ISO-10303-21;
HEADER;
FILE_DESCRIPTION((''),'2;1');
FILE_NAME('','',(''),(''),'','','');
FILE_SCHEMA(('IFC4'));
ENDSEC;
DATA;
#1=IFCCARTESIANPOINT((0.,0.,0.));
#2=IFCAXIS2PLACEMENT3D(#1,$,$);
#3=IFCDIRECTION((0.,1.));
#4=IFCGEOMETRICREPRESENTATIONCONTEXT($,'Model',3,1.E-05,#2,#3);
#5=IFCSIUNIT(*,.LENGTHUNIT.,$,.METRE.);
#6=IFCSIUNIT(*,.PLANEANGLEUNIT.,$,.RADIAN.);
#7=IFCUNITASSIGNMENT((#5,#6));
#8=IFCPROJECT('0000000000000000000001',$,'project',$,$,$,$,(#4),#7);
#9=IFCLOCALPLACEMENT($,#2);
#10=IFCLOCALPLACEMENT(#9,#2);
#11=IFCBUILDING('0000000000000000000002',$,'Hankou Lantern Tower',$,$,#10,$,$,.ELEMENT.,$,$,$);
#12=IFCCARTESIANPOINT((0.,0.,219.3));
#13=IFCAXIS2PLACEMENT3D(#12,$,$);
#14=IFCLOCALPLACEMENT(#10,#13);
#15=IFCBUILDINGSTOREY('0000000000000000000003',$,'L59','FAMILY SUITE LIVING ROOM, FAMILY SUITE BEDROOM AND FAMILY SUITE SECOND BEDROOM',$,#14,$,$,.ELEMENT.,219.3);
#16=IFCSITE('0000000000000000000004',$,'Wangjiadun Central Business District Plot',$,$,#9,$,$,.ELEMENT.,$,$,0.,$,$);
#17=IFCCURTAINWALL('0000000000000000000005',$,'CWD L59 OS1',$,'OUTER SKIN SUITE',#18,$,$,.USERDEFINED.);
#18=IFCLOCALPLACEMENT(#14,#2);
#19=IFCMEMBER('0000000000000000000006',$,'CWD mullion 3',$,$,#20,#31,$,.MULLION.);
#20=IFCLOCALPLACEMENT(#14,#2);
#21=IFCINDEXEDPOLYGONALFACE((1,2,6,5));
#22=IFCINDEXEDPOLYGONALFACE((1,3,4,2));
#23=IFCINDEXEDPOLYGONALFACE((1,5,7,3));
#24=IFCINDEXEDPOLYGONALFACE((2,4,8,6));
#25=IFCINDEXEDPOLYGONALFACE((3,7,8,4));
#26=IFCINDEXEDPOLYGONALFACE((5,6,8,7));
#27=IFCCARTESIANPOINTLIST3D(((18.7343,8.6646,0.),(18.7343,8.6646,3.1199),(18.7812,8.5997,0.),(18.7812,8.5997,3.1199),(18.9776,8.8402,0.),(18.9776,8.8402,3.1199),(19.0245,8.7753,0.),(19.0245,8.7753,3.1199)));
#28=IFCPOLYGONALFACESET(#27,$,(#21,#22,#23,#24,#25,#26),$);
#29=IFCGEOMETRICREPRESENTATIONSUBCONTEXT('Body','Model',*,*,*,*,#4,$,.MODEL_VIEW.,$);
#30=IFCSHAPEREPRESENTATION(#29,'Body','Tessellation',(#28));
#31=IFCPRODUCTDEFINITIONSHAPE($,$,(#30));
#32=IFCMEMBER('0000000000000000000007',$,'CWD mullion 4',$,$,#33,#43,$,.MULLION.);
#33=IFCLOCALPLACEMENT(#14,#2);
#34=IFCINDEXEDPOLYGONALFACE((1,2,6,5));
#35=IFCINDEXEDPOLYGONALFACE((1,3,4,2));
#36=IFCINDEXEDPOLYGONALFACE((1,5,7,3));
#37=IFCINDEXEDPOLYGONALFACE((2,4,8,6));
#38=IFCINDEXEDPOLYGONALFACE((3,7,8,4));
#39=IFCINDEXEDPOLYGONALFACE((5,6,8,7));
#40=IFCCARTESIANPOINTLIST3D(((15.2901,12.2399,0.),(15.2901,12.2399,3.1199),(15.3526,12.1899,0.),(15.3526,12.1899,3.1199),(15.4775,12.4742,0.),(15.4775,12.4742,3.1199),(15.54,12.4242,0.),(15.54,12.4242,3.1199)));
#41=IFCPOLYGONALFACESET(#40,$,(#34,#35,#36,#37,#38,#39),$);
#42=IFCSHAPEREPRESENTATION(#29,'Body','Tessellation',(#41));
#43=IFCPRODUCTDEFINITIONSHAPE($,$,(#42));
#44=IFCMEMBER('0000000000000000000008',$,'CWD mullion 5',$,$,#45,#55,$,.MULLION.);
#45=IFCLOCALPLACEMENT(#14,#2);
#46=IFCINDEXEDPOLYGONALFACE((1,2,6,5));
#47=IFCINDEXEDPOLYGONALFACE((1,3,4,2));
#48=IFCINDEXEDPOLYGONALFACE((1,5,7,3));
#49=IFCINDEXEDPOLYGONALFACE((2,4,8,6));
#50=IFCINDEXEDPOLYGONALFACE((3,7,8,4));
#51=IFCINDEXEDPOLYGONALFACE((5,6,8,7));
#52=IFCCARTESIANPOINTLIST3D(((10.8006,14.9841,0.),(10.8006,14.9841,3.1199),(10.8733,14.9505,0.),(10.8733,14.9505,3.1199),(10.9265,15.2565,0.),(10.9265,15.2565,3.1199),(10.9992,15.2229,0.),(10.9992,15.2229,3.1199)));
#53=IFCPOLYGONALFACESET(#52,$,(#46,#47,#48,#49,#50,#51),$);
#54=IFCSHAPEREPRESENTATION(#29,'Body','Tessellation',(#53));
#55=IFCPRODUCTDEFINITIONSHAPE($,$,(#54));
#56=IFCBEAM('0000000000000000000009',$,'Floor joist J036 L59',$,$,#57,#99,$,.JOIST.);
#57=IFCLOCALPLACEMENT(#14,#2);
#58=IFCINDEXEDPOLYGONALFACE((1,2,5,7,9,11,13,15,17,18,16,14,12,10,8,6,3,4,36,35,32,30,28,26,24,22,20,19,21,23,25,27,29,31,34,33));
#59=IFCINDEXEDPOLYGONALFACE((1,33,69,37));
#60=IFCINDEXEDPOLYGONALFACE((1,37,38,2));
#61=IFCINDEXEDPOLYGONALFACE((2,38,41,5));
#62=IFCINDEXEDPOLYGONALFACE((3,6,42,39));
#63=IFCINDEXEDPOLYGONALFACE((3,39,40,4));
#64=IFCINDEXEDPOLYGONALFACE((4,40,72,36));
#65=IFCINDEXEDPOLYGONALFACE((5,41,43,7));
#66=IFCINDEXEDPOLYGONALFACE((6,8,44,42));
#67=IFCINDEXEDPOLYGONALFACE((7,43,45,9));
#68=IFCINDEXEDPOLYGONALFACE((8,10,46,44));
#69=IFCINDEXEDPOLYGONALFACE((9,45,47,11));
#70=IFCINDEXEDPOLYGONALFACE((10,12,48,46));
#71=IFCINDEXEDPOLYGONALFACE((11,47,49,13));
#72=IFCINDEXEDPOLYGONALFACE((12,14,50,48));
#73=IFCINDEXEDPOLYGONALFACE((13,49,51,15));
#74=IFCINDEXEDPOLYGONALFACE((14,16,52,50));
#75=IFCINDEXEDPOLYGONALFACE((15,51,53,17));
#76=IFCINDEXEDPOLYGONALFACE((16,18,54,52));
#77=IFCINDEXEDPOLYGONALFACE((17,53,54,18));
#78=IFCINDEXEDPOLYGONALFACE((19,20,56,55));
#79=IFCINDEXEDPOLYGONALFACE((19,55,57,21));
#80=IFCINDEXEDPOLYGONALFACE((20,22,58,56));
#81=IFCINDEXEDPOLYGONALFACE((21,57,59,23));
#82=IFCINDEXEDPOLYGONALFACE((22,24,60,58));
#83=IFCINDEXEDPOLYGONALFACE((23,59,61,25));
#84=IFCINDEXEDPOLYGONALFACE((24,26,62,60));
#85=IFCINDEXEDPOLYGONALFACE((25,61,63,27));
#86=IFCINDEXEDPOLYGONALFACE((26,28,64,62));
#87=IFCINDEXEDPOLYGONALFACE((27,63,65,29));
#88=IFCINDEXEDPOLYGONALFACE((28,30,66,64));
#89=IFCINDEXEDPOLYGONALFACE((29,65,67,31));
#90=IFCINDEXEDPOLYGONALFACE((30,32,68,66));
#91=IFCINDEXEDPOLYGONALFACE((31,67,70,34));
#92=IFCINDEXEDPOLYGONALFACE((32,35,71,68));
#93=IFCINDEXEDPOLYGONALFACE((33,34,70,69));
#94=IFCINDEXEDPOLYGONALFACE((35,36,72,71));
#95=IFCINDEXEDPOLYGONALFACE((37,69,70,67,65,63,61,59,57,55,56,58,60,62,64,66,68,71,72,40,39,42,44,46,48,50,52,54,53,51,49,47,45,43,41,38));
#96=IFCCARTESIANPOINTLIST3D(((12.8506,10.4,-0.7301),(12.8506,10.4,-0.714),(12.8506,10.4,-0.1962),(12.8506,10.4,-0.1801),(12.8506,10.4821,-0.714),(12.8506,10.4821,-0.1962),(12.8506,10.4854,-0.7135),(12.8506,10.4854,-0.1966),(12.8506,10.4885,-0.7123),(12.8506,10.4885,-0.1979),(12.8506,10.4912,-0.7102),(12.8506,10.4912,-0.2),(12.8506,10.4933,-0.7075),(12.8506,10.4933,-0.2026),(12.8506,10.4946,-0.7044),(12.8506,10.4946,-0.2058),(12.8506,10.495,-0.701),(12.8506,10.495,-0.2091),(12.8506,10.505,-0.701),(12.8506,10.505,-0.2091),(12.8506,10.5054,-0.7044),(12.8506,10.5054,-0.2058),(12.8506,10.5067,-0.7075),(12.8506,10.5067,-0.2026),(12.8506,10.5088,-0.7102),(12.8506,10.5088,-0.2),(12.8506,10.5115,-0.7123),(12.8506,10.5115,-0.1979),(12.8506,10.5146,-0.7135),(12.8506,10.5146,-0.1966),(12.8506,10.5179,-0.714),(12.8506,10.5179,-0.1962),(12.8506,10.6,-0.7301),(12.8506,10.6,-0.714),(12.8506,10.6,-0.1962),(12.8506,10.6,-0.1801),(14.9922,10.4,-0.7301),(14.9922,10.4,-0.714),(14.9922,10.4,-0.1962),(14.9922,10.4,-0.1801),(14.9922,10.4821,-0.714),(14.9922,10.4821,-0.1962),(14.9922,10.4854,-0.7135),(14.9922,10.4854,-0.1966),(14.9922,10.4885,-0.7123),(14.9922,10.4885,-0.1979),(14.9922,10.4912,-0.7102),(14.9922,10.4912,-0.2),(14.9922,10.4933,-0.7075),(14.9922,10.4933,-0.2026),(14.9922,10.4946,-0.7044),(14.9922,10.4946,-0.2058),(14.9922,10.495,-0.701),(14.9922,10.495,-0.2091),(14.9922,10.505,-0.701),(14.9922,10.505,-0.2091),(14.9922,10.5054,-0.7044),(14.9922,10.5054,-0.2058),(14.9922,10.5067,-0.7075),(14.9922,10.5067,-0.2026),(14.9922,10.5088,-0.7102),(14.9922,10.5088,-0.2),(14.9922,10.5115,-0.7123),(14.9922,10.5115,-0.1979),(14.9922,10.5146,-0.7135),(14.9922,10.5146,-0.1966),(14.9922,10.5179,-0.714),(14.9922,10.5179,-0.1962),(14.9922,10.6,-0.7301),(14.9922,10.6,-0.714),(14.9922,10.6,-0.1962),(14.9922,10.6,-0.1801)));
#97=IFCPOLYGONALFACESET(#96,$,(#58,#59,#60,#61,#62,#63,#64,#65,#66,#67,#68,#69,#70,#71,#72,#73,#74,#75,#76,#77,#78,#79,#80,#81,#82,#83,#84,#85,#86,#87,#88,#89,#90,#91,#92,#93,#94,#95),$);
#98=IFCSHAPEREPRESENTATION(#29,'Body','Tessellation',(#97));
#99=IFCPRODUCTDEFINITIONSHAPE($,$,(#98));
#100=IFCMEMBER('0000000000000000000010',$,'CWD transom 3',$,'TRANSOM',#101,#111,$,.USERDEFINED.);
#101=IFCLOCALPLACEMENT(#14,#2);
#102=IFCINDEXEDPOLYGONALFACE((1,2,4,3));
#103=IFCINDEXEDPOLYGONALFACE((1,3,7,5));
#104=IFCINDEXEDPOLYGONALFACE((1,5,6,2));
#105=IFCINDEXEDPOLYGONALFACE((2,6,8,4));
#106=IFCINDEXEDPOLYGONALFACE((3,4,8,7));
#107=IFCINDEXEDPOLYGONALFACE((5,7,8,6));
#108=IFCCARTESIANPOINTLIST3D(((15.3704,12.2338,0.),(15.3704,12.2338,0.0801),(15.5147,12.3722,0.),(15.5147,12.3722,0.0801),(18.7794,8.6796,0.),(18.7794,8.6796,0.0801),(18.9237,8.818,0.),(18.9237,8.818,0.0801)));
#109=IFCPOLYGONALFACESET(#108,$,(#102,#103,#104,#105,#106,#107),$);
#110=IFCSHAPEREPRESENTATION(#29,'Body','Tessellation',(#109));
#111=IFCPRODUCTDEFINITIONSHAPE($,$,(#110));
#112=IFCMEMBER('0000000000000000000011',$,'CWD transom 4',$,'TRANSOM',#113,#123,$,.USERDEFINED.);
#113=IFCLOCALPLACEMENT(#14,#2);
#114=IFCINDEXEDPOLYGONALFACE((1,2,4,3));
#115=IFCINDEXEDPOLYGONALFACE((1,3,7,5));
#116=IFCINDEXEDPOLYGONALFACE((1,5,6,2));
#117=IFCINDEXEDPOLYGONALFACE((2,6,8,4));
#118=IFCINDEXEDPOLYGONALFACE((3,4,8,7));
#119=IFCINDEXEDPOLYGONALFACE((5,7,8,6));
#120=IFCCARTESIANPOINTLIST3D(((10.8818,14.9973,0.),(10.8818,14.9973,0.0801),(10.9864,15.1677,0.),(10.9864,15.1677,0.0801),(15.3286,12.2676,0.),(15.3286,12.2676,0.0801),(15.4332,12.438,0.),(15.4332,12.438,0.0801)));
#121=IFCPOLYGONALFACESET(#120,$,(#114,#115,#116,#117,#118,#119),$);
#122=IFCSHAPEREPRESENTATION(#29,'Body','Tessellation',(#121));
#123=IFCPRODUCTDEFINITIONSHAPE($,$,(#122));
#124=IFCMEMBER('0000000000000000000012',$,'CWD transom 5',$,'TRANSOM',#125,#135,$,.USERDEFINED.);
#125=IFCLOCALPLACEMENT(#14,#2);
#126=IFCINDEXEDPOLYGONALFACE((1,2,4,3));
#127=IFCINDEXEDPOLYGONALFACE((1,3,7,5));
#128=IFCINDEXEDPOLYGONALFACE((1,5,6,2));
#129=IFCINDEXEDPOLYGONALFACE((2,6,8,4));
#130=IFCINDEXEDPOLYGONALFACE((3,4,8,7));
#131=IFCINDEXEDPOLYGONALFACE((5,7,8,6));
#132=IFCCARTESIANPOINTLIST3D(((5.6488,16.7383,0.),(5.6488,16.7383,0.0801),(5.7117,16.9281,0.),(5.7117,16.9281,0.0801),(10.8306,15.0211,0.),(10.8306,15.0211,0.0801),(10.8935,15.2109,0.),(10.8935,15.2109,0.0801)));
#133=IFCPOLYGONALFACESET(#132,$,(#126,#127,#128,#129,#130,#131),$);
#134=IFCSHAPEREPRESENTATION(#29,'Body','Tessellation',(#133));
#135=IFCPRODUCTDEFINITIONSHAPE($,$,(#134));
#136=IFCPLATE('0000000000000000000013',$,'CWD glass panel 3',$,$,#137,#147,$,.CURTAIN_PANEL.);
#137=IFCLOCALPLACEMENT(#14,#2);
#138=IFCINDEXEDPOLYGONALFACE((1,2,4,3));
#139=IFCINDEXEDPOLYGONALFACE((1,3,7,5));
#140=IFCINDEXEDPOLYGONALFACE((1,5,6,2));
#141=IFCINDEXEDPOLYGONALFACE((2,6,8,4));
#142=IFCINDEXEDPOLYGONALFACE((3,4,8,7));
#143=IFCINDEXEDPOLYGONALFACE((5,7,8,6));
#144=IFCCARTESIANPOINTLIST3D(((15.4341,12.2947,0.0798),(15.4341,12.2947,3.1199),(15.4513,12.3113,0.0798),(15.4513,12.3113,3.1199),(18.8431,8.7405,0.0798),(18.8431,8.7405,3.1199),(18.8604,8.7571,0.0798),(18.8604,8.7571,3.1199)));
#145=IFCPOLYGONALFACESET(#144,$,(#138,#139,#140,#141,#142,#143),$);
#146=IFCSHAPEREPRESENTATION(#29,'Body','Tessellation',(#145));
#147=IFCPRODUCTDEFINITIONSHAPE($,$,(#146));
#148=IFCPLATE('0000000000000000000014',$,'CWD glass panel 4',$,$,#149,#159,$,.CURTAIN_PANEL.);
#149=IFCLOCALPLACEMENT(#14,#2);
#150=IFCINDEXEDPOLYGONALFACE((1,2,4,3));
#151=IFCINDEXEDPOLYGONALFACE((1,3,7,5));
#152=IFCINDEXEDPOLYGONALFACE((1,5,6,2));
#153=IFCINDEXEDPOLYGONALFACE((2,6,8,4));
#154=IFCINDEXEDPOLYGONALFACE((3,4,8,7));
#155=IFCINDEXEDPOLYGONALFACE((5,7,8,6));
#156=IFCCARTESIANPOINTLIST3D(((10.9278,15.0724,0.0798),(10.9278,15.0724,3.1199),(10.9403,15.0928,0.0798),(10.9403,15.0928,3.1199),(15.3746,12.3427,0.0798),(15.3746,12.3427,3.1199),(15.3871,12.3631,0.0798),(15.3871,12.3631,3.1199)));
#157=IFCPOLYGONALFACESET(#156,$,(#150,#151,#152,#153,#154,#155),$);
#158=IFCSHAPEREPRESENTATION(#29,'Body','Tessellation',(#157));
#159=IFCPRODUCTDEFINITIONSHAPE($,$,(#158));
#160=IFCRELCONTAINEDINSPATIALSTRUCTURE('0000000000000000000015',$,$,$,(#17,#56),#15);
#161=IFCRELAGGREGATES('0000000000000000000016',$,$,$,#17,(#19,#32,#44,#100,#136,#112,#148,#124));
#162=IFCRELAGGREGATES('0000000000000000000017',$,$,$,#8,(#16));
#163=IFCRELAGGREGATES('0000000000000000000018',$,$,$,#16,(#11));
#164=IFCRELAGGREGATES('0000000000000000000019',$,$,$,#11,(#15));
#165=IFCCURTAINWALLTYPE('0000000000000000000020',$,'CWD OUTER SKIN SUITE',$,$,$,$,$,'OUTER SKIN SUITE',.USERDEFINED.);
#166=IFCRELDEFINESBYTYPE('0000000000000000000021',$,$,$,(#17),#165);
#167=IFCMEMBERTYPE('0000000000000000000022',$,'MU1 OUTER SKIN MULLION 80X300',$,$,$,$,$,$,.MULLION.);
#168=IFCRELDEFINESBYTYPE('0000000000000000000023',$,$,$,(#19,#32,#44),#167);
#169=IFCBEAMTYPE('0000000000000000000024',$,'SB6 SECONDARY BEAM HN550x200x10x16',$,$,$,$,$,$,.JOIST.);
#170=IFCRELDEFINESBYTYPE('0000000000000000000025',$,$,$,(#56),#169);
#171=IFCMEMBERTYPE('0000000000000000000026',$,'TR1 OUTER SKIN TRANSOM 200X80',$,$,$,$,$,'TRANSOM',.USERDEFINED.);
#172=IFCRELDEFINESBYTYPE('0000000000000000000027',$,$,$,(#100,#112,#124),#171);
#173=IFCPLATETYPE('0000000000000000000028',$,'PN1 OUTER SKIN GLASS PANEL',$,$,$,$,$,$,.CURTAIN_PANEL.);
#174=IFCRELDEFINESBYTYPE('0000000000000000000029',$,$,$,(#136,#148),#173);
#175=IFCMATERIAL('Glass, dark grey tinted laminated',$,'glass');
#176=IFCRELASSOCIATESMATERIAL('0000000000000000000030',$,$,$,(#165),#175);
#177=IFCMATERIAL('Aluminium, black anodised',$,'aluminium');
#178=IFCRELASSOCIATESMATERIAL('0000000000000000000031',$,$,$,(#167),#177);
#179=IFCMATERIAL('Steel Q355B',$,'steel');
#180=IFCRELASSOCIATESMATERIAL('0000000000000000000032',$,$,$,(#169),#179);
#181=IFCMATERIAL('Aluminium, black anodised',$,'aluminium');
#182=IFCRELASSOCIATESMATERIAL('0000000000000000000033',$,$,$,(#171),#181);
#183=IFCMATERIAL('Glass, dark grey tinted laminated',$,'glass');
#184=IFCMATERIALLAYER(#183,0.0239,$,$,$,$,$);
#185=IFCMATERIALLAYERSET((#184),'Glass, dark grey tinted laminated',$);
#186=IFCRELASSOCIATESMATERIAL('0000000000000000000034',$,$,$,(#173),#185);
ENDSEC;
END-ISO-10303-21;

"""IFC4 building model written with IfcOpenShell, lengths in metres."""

from ifc_helpers import new_model, si_unit, direction, frame, origin, origin_2d, place, context, subcontext, project, spatial, rectangle, i_section, extrude, material, layer, layer_set, material_profile, profile_set, type_object, element, aggregate, save


model = new_model("IFC4")

# Units and contexts
model_context = context("Model", 3, precision=1e-05, world=origin(), true_north=direction((0.0, 1.0)))
body_context = subcontext(model_context, "Body", "Model", "MODEL_VIEW")
ifc_project = project(units=[si_unit("LENGTHUNIT", "METRE"), si_unit("PLANEANGLEUNIT", "RADIAN")], contexts=[model_context])

# Site, building, storey
site_placement = place(None, origin())
site = spatial("IfcSite", under=ifc_project, at=site_placement, Name="Wangjiadun Central Business District Plot", CompositionType="ELEMENT", RefElevation=0.0)
building_placement = place(site_placement, origin())
building = spatial("IfcBuilding", under=site, at=building_placement, Name="Hankou Lantern Tower", CompositionType="ELEMENT")
storey_placement = place(building_placement, frame((0.0, 0.0, 219.3)))
storey = spatial("IfcBuildingStorey", under=building, at=storey_placement, Name="L59", Description="FAMILY SUITE LIVING ROOM, FAMILY SUITE BEDROOM AND FAMILY SUITE SECOND BEDROOM", CompositionType="ELEMENT", Elevation=219.3)

# Curtain wall, members
ifc_material_1 = material(Name="Glass, dark grey tinted laminated", Category="glass")
curtain_wall_type = type_object("IfcCurtainWallType", Name="CWD OUTER SKIN SUITE", ElementType="OUTER SKIN SUITE", PredefinedType="USERDEFINED", material=ifc_material_1)
curtain_wall_placement = place(storey_placement, origin())
curtain_wall = element("IfcCurtainWall", 1, at=curtain_wall_placement, inside=storey, type_object=curtain_wall_type, Name="CWD L59 OS1", ObjectType="OUTER SKIN SUITE", PredefinedType="USERDEFINED")
ifc_material_2 = material(Name="Aluminium, black anodised", Category="aluminium")
ifc_material_profile_1 = material_profile(ifc_material_2, rectangle(XDim=0.0801, YDim=0.3, at=origin_2d()), Name="MU1 80X300")
ifc_profile_set_1 = profile_set([ifc_material_profile_1], Name="Aluminium, black anodised")
member_type_1 = type_object("IfcMemberType", Name="MU1 OUTER SKIN MULLION 80X300", PredefinedType="MULLION", material=ifc_profile_set_1)
member_1_placement = place(storey_placement, frame((18.8794, 8.72, 0.0), z_axis=(0.0, 0.0, 1.0), x_axis=(-0.585206, 0.810885, 0.0)))
member_1 = element("IfcMember", 2, at=member_1_placement, type_object=member_type_1, Name="CWD mullion 3", PredefinedType="MULLION", context=body_context, shape_type="SweptSolid", body=[
    extrude(rectangle(XDim=0.0801, YDim=0.3, at=origin_2d()), origin(), (0.0, 0.0, 1.0), 3.1199),
])
member_2_placement = place(storey_placement, frame((15.415, 12.332, 0.0), z_axis=(0.0, 0.0, 1.0), x_axis=(-0.780869, 0.624695, 0.0)))
member_2 = element("IfcMember", 3, at=member_2_placement, type_object=member_type_1, Name="CWD mullion 4", PredefinedType="MULLION", context=body_context, shape_type="SweptSolid", body=[
    extrude(rectangle(XDim=0.0801, YDim=0.3, at=origin_2d()), origin(), (0.0, 0.0, 1.0), 3.1199),
])
member_3_placement = place(storey_placement, frame((10.8999, 15.1035, 0.0), z_axis=(0.0, 0.0, 1.0), x_axis=(-0.907841, 0.419314, 0.0)))
member_3 = element("IfcMember", 4, at=member_3_placement, type_object=member_type_1, Name="CWD mullion 5", PredefinedType="MULLION", context=body_context, shape_type="SweptSolid", body=[
    extrude(rectangle(XDim=0.0801, YDim=0.3, at=origin_2d()), origin(), (0.0, 0.0, 1.0), 3.1199),
])

# Beam
ifc_material_3 = material(Name="Steel Q355B", Category="steel")
ifc_material_profile_2 = material_profile(ifc_material_3, i_section(OverallWidth=0.2, OverallDepth=0.55, WebThickness=0.01, FlangeThickness=0.0161, FilletRadius=0.0129, at=origin_2d()), Name="HN550x200x10x16")
ifc_profile_set_2 = profile_set([ifc_material_profile_2], Name="Steel Q355B")
beam_type_1 = type_object("IfcBeamType", Name="SB6 SECONDARY BEAM HN550x200x10x16", PredefinedType="JOIST", material=ifc_profile_set_2)
beam_1_placement = place(storey_placement, frame((12.8506, 10.5, -0.4551), z_axis=(1.0, 0.0, 0.0), x_axis=(0.0, 1.0, 0.0)))
element("IfcBeam", 5, at=beam_1_placement, inside=storey, type_object=beam_type_1, Name="Floor joist J036 L59", PredefinedType="JOIST", context=body_context, shape_type="SweptSolid", body=[
    extrude(i_section(OverallWidth=0.2, OverallDepth=0.55, WebThickness=0.01, FlangeThickness=0.0161, FilletRadius=0.0129, at=origin_2d()), origin(), (0.0, 0.0, 1.0), 2.1416),
])

# Members
ifc_material_4 = material(Name="Aluminium, black anodised", Category="aluminium")
ifc_material_profile_3 = material_profile(ifc_material_4, rectangle(XDim=0.2, YDim=0.0801, at=origin_2d()), Name="TR1 200X80")
ifc_profile_set_3 = profile_set([ifc_material_profile_3], Name="Aluminium, black anodised")
member_type_2 = type_object("IfcMemberType", Name="TR1 OUTER SKIN TRANSOM 200X80", ElementType="TRANSOM", PredefinedType="USERDEFINED", material=ifc_profile_set_3)
member_4_placement = place(storey_placement, frame((18.8516, 8.7488, 0.04), z_axis=(-0.692205, 0.721701, 0.0), x_axis=(-0.721701, -0.692205, 0.0)))
member_4 = element("IfcMember", 6, at=member_4_placement, type_object=member_type_2, Name="CWD transom 3", ObjectType="TRANSOM", PredefinedType="USERDEFINED", context=body_context, shape_type="SweptSolid", body=[
    extrude(rectangle(XDim=0.2, YDim=0.0801, at=origin_2d()), origin(), (0.0, 0.0, 1.0), 4.9248),
])
member_5_placement = place(storey_placement, frame((15.3809, 12.3528, 0.04), z_axis=(-0.852235, 0.52316, 0.0), x_axis=(-0.52316, -0.852235, 0.0)))
member_5 = element("IfcMember", 7, at=member_5_placement, type_object=member_type_2, Name="CWD transom 4", ObjectType="TRANSOM", PredefinedType="USERDEFINED", context=body_context, shape_type="SweptSolid", body=[
    extrude(rectangle(XDim=0.2, YDim=0.0801, at=origin_2d()), origin(), (0.0, 0.0, 1.0), 5.2178),
])
member_6_placement = place(storey_placement, frame((10.8621, 15.116, 0.04), z_axis=(-0.949232, 0.314577, 0.0), x_axis=(-0.314577, -0.949232, 0.0)))
member_6 = element("IfcMember", 8, at=member_6_placement, type_object=member_type_2, Name="CWD transom 5", ObjectType="TRANSOM", PredefinedType="USERDEFINED", context=body_context, shape_type="SweptSolid", body=[
    extrude(rectangle(XDim=0.2, YDim=0.0801, at=origin_2d()), origin(), (0.0, 0.0, 1.0), 5.459),
])

# Plates
ifc_material_5 = material(Name="Glass, dark grey tinted laminated", Category="glass")
ifc_layer_1 = layer(ifc_material_5, 0.0239)
ifc_layer_set_1 = layer_set([ifc_layer_1], Name="Glass, dark grey tinted laminated")
plate_type = type_object("IfcPlateType", Name="PN1 OUTER SKIN GLASS PANEL", PredefinedType="CURTAIN_PANEL", material=ifc_layer_set_1)
plate_1_placement = place(storey_placement, frame((17.1472, 10.5259, 0.0798), z_axis=(0.0, 0.0, 1.0), x_axis=(-0.692216, 0.721691, 0.0)))
plate_1 = element("IfcPlate", 9, at=plate_1_placement, type_object=plate_type, Name="CWD glass panel 3", PredefinedType="CURTAIN_PANEL", context=body_context, shape_type="SweptSolid", body=[
    extrude(rectangle(XDim=4.9248, YDim=0.0239, at=origin_2d()), origin(), (0.0, 0.0, 1.0), 3.04),
])
plate_2_placement = place(storey_placement, frame((13.1575, 13.7178, 0.0798), z_axis=(0.0, 0.0, 1.0), x_axis=(-0.852237, 0.523156, 0.0)))
plate_2 = element("IfcPlate", 10, at=plate_2_placement, type_object=plate_type, Name="CWD glass panel 4", PredefinedType="CURTAIN_PANEL", context=body_context, shape_type="SweptSolid", body=[
    extrude(rectangle(XDim=5.2178, YDim=0.0239, at=origin_2d()), origin(), (0.0, 0.0, 1.0), 3.04),
])
aggregate(curtain_wall, [member_1, member_2, member_3, member_4, plate_1, member_5, plate_2, member_6])

save(model, "model.ifc")
